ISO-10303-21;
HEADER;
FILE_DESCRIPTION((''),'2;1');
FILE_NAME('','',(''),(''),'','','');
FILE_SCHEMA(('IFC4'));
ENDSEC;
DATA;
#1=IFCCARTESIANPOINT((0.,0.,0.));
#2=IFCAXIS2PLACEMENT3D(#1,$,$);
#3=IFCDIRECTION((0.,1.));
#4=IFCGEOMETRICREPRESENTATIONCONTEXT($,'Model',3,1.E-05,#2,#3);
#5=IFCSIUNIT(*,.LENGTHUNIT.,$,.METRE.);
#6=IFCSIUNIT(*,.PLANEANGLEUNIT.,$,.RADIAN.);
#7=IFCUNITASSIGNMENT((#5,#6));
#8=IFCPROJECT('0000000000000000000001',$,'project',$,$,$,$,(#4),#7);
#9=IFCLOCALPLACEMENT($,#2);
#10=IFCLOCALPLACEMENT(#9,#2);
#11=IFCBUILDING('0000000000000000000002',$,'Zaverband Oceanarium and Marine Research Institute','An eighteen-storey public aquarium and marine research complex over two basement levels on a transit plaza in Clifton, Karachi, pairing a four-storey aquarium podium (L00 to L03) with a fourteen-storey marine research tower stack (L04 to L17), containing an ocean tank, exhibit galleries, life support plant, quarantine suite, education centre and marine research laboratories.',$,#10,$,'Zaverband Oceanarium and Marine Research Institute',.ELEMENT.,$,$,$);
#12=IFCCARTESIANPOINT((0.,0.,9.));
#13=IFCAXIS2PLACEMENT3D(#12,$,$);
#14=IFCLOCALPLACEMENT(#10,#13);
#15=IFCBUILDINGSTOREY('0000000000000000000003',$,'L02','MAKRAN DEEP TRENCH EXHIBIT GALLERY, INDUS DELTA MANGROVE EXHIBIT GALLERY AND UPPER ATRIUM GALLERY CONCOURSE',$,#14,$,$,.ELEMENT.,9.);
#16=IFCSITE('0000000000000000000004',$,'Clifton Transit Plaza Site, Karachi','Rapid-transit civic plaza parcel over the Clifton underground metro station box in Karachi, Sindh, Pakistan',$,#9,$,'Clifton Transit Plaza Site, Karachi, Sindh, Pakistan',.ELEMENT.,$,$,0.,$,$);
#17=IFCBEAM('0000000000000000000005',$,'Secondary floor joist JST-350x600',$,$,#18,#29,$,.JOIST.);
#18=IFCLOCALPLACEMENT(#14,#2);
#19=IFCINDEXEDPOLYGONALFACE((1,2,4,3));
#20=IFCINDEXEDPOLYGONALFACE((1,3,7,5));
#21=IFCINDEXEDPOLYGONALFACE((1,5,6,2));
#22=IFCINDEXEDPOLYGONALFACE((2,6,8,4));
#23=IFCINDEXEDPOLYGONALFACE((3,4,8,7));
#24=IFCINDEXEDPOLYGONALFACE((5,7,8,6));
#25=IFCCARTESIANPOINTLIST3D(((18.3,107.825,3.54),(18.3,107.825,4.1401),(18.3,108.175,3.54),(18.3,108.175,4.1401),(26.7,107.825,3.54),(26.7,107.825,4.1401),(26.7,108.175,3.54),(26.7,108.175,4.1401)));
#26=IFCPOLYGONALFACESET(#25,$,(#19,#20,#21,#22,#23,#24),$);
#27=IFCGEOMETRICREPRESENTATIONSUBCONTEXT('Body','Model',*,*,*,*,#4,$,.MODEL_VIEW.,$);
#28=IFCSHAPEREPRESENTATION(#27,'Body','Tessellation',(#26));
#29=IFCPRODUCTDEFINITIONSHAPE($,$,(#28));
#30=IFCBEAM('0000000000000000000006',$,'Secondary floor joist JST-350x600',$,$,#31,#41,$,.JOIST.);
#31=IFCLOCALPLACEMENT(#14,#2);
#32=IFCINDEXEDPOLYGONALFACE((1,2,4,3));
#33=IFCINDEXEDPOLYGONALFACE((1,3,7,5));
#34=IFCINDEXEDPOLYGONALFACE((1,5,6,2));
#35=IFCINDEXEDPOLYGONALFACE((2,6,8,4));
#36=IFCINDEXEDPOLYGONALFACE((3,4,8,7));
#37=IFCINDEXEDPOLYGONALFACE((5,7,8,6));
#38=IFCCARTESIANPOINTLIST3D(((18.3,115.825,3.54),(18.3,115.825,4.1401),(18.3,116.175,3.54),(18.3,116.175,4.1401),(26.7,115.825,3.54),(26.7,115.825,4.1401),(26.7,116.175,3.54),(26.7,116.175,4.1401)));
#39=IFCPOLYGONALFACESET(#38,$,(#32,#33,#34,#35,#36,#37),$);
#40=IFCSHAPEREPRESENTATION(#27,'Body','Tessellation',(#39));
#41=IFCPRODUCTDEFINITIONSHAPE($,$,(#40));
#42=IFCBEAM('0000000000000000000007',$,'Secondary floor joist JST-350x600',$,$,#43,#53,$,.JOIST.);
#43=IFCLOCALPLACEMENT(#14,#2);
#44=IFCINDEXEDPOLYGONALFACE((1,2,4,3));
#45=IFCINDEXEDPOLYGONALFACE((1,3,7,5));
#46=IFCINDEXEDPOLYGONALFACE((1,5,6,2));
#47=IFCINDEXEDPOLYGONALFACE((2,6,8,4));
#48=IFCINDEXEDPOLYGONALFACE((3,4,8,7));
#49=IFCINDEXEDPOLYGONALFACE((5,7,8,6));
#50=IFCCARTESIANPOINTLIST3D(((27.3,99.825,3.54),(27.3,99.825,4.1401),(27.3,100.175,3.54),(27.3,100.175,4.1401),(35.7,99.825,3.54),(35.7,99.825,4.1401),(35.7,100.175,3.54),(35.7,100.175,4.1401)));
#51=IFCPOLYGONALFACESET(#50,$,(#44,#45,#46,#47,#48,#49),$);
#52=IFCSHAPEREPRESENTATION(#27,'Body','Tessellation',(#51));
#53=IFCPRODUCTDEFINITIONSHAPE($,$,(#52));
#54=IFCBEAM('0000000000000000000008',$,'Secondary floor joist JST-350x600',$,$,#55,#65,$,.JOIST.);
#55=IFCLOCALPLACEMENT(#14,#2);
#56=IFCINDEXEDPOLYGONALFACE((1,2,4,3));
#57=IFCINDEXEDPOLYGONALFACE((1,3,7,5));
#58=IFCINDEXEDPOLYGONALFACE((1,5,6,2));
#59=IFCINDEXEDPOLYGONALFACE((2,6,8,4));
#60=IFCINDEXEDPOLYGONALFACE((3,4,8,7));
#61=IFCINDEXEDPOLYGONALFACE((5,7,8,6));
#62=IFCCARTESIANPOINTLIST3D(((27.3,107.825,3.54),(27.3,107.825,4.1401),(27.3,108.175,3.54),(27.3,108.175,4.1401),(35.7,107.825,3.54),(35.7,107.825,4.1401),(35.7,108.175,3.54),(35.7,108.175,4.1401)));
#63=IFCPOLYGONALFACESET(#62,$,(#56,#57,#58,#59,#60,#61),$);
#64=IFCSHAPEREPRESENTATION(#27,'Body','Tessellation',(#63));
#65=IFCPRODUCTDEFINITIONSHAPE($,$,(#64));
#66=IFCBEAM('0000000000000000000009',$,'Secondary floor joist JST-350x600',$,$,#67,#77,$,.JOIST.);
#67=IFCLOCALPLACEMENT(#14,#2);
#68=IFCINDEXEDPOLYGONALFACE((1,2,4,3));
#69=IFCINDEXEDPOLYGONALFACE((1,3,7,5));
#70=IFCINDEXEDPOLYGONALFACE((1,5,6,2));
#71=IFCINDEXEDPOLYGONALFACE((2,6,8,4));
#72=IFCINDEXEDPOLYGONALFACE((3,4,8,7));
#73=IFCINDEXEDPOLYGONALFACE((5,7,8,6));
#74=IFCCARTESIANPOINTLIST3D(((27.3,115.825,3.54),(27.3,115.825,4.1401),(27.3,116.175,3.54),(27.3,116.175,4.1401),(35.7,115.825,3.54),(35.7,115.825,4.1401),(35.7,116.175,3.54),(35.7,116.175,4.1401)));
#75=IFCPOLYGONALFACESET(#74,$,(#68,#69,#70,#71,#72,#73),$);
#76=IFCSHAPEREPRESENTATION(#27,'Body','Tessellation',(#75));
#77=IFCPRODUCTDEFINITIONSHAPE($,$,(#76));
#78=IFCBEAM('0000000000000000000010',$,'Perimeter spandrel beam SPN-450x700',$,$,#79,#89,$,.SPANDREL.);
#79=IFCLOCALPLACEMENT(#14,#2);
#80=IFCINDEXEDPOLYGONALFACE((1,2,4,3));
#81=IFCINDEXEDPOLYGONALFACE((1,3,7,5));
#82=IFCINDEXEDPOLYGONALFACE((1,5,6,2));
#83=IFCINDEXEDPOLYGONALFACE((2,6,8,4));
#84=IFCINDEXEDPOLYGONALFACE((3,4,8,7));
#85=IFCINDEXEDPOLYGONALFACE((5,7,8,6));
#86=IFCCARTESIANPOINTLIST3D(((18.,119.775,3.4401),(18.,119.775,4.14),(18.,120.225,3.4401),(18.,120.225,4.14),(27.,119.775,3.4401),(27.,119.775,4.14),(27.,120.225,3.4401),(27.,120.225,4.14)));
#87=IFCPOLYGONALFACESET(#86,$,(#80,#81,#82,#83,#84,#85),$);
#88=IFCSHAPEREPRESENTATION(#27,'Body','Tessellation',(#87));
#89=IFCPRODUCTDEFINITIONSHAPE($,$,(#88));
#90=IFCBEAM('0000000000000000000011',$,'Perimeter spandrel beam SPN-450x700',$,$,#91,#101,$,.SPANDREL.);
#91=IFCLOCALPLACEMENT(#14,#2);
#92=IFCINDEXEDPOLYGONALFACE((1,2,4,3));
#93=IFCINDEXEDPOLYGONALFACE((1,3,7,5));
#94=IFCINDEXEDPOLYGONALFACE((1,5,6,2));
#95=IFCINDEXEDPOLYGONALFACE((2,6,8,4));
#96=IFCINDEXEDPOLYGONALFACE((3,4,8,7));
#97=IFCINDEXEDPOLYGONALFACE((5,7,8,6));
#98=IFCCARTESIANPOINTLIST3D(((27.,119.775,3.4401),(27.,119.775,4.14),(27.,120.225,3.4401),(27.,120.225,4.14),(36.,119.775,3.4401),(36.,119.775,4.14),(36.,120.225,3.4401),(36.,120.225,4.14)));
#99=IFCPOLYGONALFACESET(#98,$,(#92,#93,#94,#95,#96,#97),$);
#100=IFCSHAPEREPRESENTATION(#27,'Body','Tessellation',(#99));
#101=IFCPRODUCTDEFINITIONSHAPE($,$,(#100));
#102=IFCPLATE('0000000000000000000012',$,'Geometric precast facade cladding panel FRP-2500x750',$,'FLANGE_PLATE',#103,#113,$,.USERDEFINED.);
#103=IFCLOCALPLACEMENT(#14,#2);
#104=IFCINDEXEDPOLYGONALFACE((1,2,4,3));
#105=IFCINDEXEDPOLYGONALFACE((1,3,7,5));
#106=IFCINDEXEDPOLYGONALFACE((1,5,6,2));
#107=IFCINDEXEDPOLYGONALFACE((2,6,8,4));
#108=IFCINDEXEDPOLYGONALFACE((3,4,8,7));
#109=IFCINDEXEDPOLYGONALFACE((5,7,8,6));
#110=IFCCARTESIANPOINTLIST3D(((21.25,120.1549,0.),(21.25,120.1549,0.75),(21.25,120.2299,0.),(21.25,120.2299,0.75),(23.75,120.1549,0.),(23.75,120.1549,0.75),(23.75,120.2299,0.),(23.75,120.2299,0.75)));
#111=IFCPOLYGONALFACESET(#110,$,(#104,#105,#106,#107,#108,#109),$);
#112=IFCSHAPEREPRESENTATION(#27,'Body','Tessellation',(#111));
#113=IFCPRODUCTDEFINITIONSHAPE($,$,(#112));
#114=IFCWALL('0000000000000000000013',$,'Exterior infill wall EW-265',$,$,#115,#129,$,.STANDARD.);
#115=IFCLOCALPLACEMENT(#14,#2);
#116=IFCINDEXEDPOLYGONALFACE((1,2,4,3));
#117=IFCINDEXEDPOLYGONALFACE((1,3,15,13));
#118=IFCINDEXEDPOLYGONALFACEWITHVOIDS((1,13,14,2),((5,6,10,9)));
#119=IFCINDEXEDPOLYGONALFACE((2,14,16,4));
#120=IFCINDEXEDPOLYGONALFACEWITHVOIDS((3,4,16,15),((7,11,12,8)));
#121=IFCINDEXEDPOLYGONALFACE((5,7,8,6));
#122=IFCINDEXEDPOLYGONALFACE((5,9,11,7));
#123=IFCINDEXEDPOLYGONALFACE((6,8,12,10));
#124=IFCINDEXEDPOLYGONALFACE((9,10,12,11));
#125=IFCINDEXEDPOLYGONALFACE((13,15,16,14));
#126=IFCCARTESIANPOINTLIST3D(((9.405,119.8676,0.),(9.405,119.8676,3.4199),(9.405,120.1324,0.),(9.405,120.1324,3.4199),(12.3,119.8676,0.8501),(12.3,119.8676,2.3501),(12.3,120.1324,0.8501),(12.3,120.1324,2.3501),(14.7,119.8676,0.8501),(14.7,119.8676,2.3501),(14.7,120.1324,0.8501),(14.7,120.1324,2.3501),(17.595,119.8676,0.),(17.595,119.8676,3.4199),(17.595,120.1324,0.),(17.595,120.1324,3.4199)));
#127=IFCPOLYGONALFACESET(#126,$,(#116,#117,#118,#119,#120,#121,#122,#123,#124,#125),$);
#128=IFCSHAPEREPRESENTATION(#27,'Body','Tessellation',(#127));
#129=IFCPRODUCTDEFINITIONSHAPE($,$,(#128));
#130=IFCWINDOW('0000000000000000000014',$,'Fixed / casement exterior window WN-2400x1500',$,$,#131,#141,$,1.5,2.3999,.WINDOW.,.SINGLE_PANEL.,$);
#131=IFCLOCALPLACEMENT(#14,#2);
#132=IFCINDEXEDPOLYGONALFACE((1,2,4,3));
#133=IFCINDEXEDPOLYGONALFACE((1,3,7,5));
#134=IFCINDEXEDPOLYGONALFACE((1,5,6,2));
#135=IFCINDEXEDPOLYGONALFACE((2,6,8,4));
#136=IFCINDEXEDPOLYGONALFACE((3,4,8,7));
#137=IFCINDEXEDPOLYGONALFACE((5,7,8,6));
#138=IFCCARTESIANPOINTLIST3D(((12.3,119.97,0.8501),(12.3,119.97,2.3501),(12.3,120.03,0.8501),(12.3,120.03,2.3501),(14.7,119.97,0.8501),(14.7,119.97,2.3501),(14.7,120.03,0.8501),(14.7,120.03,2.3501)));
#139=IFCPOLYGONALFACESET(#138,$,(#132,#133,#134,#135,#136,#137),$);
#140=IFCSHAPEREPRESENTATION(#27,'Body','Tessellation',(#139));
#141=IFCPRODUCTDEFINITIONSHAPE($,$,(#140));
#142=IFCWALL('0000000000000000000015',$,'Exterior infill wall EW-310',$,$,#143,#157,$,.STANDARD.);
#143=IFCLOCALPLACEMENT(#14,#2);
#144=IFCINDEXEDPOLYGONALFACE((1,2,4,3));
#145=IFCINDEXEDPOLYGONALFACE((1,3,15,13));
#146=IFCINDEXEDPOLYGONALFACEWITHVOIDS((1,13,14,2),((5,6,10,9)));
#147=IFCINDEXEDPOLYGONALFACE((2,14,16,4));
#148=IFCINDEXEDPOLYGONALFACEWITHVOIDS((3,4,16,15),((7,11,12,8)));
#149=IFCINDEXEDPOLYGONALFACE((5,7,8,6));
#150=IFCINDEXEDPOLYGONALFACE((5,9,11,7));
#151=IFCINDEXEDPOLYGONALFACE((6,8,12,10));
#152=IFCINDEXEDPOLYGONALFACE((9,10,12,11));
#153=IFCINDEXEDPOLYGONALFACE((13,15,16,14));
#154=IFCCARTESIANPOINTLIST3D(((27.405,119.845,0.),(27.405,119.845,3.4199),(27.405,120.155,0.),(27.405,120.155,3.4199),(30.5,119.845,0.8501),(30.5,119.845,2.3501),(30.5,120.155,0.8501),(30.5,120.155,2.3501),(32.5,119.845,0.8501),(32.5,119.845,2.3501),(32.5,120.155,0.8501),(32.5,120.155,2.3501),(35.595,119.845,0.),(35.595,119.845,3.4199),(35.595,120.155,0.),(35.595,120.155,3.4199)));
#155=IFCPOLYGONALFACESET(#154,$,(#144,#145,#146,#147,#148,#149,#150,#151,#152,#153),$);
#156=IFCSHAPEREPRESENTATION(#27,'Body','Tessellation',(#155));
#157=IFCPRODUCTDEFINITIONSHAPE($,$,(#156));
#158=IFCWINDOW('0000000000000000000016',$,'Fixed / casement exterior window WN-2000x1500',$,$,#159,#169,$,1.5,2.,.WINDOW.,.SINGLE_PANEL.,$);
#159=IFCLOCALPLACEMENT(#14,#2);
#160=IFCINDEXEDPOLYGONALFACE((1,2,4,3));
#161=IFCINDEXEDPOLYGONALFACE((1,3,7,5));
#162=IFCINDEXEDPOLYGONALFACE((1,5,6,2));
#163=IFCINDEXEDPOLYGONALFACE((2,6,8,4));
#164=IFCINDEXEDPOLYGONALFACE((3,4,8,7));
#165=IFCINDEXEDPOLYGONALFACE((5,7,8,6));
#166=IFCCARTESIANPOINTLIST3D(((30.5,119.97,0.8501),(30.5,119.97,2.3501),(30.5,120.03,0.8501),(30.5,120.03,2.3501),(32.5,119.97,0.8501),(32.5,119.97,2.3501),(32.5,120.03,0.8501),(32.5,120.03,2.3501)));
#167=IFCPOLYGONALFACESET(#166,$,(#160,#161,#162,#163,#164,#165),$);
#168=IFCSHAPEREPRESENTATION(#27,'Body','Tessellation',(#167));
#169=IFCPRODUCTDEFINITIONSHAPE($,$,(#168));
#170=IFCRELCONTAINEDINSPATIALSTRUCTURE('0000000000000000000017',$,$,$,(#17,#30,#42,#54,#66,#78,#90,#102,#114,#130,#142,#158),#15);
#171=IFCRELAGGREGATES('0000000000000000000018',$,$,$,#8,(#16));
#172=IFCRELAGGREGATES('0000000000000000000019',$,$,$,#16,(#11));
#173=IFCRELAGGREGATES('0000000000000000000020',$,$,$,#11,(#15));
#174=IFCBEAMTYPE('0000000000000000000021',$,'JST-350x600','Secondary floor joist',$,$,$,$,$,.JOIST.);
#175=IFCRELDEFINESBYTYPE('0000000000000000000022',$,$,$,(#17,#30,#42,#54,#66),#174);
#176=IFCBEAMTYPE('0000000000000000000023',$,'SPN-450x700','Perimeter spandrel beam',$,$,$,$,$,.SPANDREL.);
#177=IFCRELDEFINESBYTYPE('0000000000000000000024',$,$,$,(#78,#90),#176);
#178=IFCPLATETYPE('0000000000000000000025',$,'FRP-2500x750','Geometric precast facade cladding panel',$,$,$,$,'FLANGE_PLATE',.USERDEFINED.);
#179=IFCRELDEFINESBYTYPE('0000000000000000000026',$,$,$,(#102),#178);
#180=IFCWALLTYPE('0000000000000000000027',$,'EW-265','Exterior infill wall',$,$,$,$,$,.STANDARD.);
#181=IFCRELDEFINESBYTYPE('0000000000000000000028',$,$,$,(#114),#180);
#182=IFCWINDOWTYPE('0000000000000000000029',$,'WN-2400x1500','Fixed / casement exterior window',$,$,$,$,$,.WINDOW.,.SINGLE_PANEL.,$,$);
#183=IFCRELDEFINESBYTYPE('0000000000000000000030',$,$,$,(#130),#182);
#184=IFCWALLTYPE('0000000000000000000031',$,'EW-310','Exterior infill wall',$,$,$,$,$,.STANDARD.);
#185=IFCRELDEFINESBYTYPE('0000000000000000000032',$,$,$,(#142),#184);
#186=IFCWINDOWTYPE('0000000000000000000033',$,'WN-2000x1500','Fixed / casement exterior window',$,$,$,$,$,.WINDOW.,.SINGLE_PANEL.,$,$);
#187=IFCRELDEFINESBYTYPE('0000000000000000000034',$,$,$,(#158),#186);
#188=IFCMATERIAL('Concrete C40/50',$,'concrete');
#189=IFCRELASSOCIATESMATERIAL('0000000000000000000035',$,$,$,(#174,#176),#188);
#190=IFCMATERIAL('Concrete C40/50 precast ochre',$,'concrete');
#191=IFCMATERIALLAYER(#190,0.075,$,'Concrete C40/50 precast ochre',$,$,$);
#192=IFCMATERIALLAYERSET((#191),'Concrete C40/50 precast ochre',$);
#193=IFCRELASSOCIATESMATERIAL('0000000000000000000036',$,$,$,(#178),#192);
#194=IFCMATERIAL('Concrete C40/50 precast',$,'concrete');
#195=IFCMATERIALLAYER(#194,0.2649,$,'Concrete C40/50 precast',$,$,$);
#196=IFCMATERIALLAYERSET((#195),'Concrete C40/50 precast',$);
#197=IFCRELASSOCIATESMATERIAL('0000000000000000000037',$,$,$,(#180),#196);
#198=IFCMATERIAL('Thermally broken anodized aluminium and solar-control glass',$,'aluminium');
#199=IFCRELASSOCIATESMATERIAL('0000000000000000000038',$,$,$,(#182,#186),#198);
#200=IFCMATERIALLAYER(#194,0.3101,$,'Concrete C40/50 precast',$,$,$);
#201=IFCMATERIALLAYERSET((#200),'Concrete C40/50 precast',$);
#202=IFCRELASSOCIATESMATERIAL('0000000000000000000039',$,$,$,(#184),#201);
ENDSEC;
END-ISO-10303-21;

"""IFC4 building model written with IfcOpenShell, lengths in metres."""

from ifc_helpers import new_model, si_unit, direction, frame, frame_2d, origin, origin_2d, place, context, subcontext, project, spatial, rectangle, extrude, material, layer, layer_set, material_profile, profile_set, type_object, element, fill, save


model = new_model("IFC4")

# Units and contexts
model_context = context("Model", 3, precision=1e-05, world=origin(), true_north=direction((0.0, 1.0)))
body_context = subcontext(model_context, "Body", "Model", "MODEL_VIEW")
ifc_project = project(units=[si_unit("LENGTHUNIT", "METRE"), si_unit("PLANEANGLEUNIT", "RADIAN")], contexts=[model_context])

# Site, building, storey
site_placement = place(None, origin())
site = spatial("IfcSite", under=ifc_project, at=site_placement, Name="Clifton Transit Plaza Site, Karachi", Description="Rapid-transit civic plaza parcel over the Clifton underground metro station box in Karachi, Sindh, Pakistan", LongName="Clifton Transit Plaza Site, Karachi, Sindh, Pakistan", CompositionType="ELEMENT", RefElevation=0.0)
building_placement = place(site_placement, origin())
building = spatial("IfcBuilding", under=site, at=building_placement, Name="Zaverband Oceanarium and Marine Research Institute", Description="An eighteen-storey public aquarium and marine research complex over two basement levels on a transit plaza in Clifton, Karachi, pairing a four-storey aquarium podium (L00 to L03) with a fourteen-storey marine research tower stack (L04 to L17), containing an ocean tank, exhibit galleries, life support plant, quarantine suite, education centre and marine research laboratories.", LongName="Zaverband Oceanarium and Marine Research Institute", CompositionType="ELEMENT")
storey_placement = place(building_placement, frame((0.0, 0.0, 9.0)))
storey = spatial("IfcBuildingStorey", under=building, at=storey_placement, Name="L02", Description="MAKRAN DEEP TRENCH EXHIBIT GALLERY, INDUS DELTA MANGROVE EXHIBIT GALLERY AND UPPER ATRIUM GALLERY CONCOURSE", CompositionType="ELEMENT", Elevation=9.0)

# Beams
ifc_material_1 = material(Name="Concrete C40/50", Category="concrete")
ifc_material_profile_1 = material_profile(ifc_material_1, rectangle(XDim=0.3501, YDim=0.6001, at=origin_2d()), Name="RC350x600")
ifc_profile_set_1 = profile_set([ifc_material_profile_1], Name="Concrete C40/50")
beam_type_1 = type_object("IfcBeamType", Name="JST-350x600", Description="Secondary floor joist", PredefinedType="JOIST", material=ifc_profile_set_1)
for number, where, z_axis, x_axis, name in (
    (1, (18.3, 108.0, 3.8401), (1.0, 0.0, 0.0), (0.0, 1.0, 0.0), "Secondary floor joist JST-350x600"),
    (2, (18.3, 116.0, 3.8401), (1.0, 0.0, 0.0), (0.0, 1.0, 0.0), "Secondary floor joist JST-350x600"),
    (3, (27.3, 100.0, 3.8401), (1.0, 0.0, 0.0), (0.0, 1.0, 0.0), "Secondary floor joist JST-350x600"),
    (4, (27.3, 108.0, 3.8401), (1.0, 0.0, 0.0), (0.0, 1.0, 0.0), "Secondary floor joist JST-350x600"),
    (5, (27.3, 116.0, 3.8401), (1.0, 0.0, 0.0), (0.0, 1.0, 0.0), "Secondary floor joist JST-350x600"),
):
    element("IfcBeam", number, at=place(storey_placement, frame(where, z_axis=z_axis, x_axis=x_axis)), inside=storey, type_object=beam_type_1, Name=name, PredefinedType="JOIST", context=body_context, shape_type="SweptSolid", body=[
        extrude(rectangle(XDim=0.3501, YDim=0.6001, at=origin_2d()), origin(), (0.0, 0.0, 1.0), 8.3999),
    ])
ifc_material_profile_2 = material_profile(ifc_material_1, rectangle(XDim=0.45, YDim=0.7, at=origin_2d()), Name="RC450x700")
ifc_profile_set_2 = profile_set([ifc_material_profile_2], Name="Concrete C40/50")
beam_type_2 = type_object("IfcBeamType", Name="SPN-450x700", Description="Perimeter spandrel beam", PredefinedType="SPANDREL", material=ifc_profile_set_2)
for number, where, z_axis, x_axis, name in (
    (6, (18.0, 120.0, 3.79), (1.0, 0.0, 0.0), (0.0, 1.0, 0.0), "Perimeter spandrel beam SPN-450x700"),
    (7, (27.0, 120.0, 3.79), (1.0, 0.0, 0.0), (0.0, 1.0, 0.0), "Perimeter spandrel beam SPN-450x700"),
):
    element("IfcBeam", number, at=place(storey_placement, frame(where, z_axis=z_axis, x_axis=x_axis)), inside=storey, type_object=beam_type_2, Name=name, PredefinedType="SPANDREL", context=body_context, shape_type="SweptSolid", body=[
        extrude(rectangle(XDim=0.45, YDim=0.7, at=origin_2d()), origin(), (0.0, 0.0, 1.0), 9.0),
    ])

# Plate
ifc_material_2 = material(Name="Concrete C40/50 precast ochre", Category="concrete")
ifc_layer_1 = layer(ifc_material_2, 0.075, Name="Concrete C40/50 precast ochre")
ifc_layer_set_1 = layer_set([ifc_layer_1], Name="Concrete C40/50 precast ochre")
plate_type = type_object("IfcPlateType", Name="FRP-2500x750", Description="Geometric precast facade cladding panel", ElementType="FLANGE_PLATE", PredefinedType="USERDEFINED", material=ifc_layer_set_1)
plate_placement = place(storey_placement, frame((21.25, 120.1924, 0.0), z_axis=(0.0, 0.0, 1.0), x_axis=(1.0, 0.0, 0.0)))
element("IfcPlate", 8, at=plate_placement, inside=storey, type_object=plate_type, Name="Geometric precast facade cladding panel FRP-2500x750", ObjectType="FLANGE_PLATE", PredefinedType="USERDEFINED", context=body_context, shape_type="SweptSolid", body=[
    extrude(rectangle(XDim=2.5, YDim=0.075, at=frame_2d((1.25, 0.0))), origin(), (0.0, 0.0, 1.0), 0.75),
])

# Walls, openings, windows
ifc_material_3 = material(Name="Concrete C40/50 precast", Category="concrete")
ifc_layer_2 = layer(ifc_material_3, 0.2649, Name="Concrete C40/50 precast")
ifc_layer_set_2 = layer_set([ifc_layer_2], Name="Concrete C40/50 precast")
wall_type_1 = type_object("IfcWallType", Name="EW-265", Description="Exterior infill wall", PredefinedType="STANDARD", material=ifc_layer_set_2)
wall_1_placement = place(storey_placement, frame((9.405, 120.0, 0.0), z_axis=(0.0, 0.0, 1.0), x_axis=(1.0, 0.0, 0.0)))
wall_1 = element("IfcWall", 9, at=wall_1_placement, inside=storey, type_object=wall_type_1, Name="Exterior infill wall EW-265", PredefinedType="STANDARD", context=body_context, shape_type="SweptSolid", body=[
    extrude(rectangle(XDim=8.1899, YDim=0.2649, at=frame_2d((4.095, 0.0))), origin(), (0.0, 0.0, 1.0), 3.4199),
])
opening_1_placement = place(wall_1_placement, frame((2.895, 0.0, 0.8501)))
opening_1 = element("IfcOpeningElement", 10, at=opening_1_placement, cuts=wall_1, PredefinedType="OPENING", context=body_context, shape_type="SweptSolid", body=[
    extrude(rectangle(XDim=2.3999, YDim=1.5, at=frame_2d((1.2, 0.75))), frame((0.0, 0.1445, 0.0), z_axis=(0.0, -1.0, 0.0), x_axis=(1.0, 0.0, 0.0)), (0.0, 0.0, 1.0), 0.2888),
])
ifc_material_4 = material(Name="Thermally broken anodized aluminium and solar-control glass", Category="aluminium")
window_type_1 = type_object("IfcWindowType", Name="WN-2400x1500", Description="Fixed / casement exterior window", PartitioningType="SINGLE_PANEL", PredefinedType="WINDOW", material=ifc_material_4)
window_1_placement = place(opening_1_placement, origin())
window_1 = element("IfcWindow", 11, at=window_1_placement, inside=storey, type_object=window_type_1, Name="Fixed / casement exterior window WN-2400x1500", OverallHeight=1.5, OverallWidth=2.3999, PartitioningType="SINGLE_PANEL", PredefinedType="WINDOW", context=body_context, shape_type="SweptSolid", body=[
    extrude(rectangle(XDim=2.3999, YDim=1.5, at=frame_2d((1.2, 0.75))), frame((0.0, 0.03, 0.0), z_axis=(0.0, -1.0, 0.0), x_axis=(1.0, 0.0, 0.0)), (0.0, 0.0, 1.0), 0.0601),
])
fill(opening_1, window_1)
ifc_layer_3 = layer(ifc_material_3, 0.3101, Name="Concrete C40/50 precast")
ifc_layer_set_3 = layer_set([ifc_layer_3], Name="Concrete C40/50 precast")
wall_type_2 = type_object("IfcWallType", Name="EW-310", Description="Exterior infill wall", PredefinedType="STANDARD", material=ifc_layer_set_3)
wall_2_placement = place(storey_placement, frame((27.405, 120.0, 0.0), z_axis=(0.0, 0.0, 1.0), x_axis=(1.0, 0.0, 0.0)))
wall_2 = element("IfcWall", 12, at=wall_2_placement, inside=storey, type_object=wall_type_2, Name="Exterior infill wall EW-310", PredefinedType="STANDARD", context=body_context, shape_type="SweptSolid", body=[
    extrude(rectangle(XDim=8.1899, YDim=0.3101, at=frame_2d((4.095, 0.0))), origin(), (0.0, 0.0, 1.0), 3.4199),
])
opening_2_placement = place(wall_2_placement, frame((3.095, 0.0, 0.8501)))
opening_2 = element("IfcOpeningElement", 13, at=opening_2_placement, cuts=wall_2, PredefinedType="OPENING", context=body_context, shape_type="SweptSolid", body=[
    extrude(rectangle(XDim=2.0, YDim=1.5, at=frame_2d((1.0, 0.75))), frame((0.0, 0.167, 0.0), z_axis=(0.0, -1.0, 0.0), x_axis=(1.0, 0.0, 0.0)), (0.0, 0.0, 1.0), 0.334),
])
window_type_2 = type_object("IfcWindowType", Name="WN-2000x1500", Description="Fixed / casement exterior window", PartitioningType="SINGLE_PANEL", PredefinedType="WINDOW", material=ifc_material_4)
window_2_placement = place(opening_2_placement, origin())
window_2 = element("IfcWindow", 14, at=window_2_placement, inside=storey, type_object=window_type_2, Name="Fixed / casement exterior window WN-2000x1500", OverallHeight=1.5, OverallWidth=2.0, PartitioningType="SINGLE_PANEL", PredefinedType="WINDOW", context=body_context, shape_type="SweptSolid", body=[
    extrude(rectangle(XDim=2.0, YDim=1.5, at=frame_2d((1.0, 0.75))), frame((0.0, 0.03, 0.0), z_axis=(0.0, -1.0, 0.0), x_axis=(1.0, 0.0, 0.0)), (0.0, 0.0, 1.0), 0.0601),
])
fill(opening_2, window_2)

save(model, "model.ifc")
